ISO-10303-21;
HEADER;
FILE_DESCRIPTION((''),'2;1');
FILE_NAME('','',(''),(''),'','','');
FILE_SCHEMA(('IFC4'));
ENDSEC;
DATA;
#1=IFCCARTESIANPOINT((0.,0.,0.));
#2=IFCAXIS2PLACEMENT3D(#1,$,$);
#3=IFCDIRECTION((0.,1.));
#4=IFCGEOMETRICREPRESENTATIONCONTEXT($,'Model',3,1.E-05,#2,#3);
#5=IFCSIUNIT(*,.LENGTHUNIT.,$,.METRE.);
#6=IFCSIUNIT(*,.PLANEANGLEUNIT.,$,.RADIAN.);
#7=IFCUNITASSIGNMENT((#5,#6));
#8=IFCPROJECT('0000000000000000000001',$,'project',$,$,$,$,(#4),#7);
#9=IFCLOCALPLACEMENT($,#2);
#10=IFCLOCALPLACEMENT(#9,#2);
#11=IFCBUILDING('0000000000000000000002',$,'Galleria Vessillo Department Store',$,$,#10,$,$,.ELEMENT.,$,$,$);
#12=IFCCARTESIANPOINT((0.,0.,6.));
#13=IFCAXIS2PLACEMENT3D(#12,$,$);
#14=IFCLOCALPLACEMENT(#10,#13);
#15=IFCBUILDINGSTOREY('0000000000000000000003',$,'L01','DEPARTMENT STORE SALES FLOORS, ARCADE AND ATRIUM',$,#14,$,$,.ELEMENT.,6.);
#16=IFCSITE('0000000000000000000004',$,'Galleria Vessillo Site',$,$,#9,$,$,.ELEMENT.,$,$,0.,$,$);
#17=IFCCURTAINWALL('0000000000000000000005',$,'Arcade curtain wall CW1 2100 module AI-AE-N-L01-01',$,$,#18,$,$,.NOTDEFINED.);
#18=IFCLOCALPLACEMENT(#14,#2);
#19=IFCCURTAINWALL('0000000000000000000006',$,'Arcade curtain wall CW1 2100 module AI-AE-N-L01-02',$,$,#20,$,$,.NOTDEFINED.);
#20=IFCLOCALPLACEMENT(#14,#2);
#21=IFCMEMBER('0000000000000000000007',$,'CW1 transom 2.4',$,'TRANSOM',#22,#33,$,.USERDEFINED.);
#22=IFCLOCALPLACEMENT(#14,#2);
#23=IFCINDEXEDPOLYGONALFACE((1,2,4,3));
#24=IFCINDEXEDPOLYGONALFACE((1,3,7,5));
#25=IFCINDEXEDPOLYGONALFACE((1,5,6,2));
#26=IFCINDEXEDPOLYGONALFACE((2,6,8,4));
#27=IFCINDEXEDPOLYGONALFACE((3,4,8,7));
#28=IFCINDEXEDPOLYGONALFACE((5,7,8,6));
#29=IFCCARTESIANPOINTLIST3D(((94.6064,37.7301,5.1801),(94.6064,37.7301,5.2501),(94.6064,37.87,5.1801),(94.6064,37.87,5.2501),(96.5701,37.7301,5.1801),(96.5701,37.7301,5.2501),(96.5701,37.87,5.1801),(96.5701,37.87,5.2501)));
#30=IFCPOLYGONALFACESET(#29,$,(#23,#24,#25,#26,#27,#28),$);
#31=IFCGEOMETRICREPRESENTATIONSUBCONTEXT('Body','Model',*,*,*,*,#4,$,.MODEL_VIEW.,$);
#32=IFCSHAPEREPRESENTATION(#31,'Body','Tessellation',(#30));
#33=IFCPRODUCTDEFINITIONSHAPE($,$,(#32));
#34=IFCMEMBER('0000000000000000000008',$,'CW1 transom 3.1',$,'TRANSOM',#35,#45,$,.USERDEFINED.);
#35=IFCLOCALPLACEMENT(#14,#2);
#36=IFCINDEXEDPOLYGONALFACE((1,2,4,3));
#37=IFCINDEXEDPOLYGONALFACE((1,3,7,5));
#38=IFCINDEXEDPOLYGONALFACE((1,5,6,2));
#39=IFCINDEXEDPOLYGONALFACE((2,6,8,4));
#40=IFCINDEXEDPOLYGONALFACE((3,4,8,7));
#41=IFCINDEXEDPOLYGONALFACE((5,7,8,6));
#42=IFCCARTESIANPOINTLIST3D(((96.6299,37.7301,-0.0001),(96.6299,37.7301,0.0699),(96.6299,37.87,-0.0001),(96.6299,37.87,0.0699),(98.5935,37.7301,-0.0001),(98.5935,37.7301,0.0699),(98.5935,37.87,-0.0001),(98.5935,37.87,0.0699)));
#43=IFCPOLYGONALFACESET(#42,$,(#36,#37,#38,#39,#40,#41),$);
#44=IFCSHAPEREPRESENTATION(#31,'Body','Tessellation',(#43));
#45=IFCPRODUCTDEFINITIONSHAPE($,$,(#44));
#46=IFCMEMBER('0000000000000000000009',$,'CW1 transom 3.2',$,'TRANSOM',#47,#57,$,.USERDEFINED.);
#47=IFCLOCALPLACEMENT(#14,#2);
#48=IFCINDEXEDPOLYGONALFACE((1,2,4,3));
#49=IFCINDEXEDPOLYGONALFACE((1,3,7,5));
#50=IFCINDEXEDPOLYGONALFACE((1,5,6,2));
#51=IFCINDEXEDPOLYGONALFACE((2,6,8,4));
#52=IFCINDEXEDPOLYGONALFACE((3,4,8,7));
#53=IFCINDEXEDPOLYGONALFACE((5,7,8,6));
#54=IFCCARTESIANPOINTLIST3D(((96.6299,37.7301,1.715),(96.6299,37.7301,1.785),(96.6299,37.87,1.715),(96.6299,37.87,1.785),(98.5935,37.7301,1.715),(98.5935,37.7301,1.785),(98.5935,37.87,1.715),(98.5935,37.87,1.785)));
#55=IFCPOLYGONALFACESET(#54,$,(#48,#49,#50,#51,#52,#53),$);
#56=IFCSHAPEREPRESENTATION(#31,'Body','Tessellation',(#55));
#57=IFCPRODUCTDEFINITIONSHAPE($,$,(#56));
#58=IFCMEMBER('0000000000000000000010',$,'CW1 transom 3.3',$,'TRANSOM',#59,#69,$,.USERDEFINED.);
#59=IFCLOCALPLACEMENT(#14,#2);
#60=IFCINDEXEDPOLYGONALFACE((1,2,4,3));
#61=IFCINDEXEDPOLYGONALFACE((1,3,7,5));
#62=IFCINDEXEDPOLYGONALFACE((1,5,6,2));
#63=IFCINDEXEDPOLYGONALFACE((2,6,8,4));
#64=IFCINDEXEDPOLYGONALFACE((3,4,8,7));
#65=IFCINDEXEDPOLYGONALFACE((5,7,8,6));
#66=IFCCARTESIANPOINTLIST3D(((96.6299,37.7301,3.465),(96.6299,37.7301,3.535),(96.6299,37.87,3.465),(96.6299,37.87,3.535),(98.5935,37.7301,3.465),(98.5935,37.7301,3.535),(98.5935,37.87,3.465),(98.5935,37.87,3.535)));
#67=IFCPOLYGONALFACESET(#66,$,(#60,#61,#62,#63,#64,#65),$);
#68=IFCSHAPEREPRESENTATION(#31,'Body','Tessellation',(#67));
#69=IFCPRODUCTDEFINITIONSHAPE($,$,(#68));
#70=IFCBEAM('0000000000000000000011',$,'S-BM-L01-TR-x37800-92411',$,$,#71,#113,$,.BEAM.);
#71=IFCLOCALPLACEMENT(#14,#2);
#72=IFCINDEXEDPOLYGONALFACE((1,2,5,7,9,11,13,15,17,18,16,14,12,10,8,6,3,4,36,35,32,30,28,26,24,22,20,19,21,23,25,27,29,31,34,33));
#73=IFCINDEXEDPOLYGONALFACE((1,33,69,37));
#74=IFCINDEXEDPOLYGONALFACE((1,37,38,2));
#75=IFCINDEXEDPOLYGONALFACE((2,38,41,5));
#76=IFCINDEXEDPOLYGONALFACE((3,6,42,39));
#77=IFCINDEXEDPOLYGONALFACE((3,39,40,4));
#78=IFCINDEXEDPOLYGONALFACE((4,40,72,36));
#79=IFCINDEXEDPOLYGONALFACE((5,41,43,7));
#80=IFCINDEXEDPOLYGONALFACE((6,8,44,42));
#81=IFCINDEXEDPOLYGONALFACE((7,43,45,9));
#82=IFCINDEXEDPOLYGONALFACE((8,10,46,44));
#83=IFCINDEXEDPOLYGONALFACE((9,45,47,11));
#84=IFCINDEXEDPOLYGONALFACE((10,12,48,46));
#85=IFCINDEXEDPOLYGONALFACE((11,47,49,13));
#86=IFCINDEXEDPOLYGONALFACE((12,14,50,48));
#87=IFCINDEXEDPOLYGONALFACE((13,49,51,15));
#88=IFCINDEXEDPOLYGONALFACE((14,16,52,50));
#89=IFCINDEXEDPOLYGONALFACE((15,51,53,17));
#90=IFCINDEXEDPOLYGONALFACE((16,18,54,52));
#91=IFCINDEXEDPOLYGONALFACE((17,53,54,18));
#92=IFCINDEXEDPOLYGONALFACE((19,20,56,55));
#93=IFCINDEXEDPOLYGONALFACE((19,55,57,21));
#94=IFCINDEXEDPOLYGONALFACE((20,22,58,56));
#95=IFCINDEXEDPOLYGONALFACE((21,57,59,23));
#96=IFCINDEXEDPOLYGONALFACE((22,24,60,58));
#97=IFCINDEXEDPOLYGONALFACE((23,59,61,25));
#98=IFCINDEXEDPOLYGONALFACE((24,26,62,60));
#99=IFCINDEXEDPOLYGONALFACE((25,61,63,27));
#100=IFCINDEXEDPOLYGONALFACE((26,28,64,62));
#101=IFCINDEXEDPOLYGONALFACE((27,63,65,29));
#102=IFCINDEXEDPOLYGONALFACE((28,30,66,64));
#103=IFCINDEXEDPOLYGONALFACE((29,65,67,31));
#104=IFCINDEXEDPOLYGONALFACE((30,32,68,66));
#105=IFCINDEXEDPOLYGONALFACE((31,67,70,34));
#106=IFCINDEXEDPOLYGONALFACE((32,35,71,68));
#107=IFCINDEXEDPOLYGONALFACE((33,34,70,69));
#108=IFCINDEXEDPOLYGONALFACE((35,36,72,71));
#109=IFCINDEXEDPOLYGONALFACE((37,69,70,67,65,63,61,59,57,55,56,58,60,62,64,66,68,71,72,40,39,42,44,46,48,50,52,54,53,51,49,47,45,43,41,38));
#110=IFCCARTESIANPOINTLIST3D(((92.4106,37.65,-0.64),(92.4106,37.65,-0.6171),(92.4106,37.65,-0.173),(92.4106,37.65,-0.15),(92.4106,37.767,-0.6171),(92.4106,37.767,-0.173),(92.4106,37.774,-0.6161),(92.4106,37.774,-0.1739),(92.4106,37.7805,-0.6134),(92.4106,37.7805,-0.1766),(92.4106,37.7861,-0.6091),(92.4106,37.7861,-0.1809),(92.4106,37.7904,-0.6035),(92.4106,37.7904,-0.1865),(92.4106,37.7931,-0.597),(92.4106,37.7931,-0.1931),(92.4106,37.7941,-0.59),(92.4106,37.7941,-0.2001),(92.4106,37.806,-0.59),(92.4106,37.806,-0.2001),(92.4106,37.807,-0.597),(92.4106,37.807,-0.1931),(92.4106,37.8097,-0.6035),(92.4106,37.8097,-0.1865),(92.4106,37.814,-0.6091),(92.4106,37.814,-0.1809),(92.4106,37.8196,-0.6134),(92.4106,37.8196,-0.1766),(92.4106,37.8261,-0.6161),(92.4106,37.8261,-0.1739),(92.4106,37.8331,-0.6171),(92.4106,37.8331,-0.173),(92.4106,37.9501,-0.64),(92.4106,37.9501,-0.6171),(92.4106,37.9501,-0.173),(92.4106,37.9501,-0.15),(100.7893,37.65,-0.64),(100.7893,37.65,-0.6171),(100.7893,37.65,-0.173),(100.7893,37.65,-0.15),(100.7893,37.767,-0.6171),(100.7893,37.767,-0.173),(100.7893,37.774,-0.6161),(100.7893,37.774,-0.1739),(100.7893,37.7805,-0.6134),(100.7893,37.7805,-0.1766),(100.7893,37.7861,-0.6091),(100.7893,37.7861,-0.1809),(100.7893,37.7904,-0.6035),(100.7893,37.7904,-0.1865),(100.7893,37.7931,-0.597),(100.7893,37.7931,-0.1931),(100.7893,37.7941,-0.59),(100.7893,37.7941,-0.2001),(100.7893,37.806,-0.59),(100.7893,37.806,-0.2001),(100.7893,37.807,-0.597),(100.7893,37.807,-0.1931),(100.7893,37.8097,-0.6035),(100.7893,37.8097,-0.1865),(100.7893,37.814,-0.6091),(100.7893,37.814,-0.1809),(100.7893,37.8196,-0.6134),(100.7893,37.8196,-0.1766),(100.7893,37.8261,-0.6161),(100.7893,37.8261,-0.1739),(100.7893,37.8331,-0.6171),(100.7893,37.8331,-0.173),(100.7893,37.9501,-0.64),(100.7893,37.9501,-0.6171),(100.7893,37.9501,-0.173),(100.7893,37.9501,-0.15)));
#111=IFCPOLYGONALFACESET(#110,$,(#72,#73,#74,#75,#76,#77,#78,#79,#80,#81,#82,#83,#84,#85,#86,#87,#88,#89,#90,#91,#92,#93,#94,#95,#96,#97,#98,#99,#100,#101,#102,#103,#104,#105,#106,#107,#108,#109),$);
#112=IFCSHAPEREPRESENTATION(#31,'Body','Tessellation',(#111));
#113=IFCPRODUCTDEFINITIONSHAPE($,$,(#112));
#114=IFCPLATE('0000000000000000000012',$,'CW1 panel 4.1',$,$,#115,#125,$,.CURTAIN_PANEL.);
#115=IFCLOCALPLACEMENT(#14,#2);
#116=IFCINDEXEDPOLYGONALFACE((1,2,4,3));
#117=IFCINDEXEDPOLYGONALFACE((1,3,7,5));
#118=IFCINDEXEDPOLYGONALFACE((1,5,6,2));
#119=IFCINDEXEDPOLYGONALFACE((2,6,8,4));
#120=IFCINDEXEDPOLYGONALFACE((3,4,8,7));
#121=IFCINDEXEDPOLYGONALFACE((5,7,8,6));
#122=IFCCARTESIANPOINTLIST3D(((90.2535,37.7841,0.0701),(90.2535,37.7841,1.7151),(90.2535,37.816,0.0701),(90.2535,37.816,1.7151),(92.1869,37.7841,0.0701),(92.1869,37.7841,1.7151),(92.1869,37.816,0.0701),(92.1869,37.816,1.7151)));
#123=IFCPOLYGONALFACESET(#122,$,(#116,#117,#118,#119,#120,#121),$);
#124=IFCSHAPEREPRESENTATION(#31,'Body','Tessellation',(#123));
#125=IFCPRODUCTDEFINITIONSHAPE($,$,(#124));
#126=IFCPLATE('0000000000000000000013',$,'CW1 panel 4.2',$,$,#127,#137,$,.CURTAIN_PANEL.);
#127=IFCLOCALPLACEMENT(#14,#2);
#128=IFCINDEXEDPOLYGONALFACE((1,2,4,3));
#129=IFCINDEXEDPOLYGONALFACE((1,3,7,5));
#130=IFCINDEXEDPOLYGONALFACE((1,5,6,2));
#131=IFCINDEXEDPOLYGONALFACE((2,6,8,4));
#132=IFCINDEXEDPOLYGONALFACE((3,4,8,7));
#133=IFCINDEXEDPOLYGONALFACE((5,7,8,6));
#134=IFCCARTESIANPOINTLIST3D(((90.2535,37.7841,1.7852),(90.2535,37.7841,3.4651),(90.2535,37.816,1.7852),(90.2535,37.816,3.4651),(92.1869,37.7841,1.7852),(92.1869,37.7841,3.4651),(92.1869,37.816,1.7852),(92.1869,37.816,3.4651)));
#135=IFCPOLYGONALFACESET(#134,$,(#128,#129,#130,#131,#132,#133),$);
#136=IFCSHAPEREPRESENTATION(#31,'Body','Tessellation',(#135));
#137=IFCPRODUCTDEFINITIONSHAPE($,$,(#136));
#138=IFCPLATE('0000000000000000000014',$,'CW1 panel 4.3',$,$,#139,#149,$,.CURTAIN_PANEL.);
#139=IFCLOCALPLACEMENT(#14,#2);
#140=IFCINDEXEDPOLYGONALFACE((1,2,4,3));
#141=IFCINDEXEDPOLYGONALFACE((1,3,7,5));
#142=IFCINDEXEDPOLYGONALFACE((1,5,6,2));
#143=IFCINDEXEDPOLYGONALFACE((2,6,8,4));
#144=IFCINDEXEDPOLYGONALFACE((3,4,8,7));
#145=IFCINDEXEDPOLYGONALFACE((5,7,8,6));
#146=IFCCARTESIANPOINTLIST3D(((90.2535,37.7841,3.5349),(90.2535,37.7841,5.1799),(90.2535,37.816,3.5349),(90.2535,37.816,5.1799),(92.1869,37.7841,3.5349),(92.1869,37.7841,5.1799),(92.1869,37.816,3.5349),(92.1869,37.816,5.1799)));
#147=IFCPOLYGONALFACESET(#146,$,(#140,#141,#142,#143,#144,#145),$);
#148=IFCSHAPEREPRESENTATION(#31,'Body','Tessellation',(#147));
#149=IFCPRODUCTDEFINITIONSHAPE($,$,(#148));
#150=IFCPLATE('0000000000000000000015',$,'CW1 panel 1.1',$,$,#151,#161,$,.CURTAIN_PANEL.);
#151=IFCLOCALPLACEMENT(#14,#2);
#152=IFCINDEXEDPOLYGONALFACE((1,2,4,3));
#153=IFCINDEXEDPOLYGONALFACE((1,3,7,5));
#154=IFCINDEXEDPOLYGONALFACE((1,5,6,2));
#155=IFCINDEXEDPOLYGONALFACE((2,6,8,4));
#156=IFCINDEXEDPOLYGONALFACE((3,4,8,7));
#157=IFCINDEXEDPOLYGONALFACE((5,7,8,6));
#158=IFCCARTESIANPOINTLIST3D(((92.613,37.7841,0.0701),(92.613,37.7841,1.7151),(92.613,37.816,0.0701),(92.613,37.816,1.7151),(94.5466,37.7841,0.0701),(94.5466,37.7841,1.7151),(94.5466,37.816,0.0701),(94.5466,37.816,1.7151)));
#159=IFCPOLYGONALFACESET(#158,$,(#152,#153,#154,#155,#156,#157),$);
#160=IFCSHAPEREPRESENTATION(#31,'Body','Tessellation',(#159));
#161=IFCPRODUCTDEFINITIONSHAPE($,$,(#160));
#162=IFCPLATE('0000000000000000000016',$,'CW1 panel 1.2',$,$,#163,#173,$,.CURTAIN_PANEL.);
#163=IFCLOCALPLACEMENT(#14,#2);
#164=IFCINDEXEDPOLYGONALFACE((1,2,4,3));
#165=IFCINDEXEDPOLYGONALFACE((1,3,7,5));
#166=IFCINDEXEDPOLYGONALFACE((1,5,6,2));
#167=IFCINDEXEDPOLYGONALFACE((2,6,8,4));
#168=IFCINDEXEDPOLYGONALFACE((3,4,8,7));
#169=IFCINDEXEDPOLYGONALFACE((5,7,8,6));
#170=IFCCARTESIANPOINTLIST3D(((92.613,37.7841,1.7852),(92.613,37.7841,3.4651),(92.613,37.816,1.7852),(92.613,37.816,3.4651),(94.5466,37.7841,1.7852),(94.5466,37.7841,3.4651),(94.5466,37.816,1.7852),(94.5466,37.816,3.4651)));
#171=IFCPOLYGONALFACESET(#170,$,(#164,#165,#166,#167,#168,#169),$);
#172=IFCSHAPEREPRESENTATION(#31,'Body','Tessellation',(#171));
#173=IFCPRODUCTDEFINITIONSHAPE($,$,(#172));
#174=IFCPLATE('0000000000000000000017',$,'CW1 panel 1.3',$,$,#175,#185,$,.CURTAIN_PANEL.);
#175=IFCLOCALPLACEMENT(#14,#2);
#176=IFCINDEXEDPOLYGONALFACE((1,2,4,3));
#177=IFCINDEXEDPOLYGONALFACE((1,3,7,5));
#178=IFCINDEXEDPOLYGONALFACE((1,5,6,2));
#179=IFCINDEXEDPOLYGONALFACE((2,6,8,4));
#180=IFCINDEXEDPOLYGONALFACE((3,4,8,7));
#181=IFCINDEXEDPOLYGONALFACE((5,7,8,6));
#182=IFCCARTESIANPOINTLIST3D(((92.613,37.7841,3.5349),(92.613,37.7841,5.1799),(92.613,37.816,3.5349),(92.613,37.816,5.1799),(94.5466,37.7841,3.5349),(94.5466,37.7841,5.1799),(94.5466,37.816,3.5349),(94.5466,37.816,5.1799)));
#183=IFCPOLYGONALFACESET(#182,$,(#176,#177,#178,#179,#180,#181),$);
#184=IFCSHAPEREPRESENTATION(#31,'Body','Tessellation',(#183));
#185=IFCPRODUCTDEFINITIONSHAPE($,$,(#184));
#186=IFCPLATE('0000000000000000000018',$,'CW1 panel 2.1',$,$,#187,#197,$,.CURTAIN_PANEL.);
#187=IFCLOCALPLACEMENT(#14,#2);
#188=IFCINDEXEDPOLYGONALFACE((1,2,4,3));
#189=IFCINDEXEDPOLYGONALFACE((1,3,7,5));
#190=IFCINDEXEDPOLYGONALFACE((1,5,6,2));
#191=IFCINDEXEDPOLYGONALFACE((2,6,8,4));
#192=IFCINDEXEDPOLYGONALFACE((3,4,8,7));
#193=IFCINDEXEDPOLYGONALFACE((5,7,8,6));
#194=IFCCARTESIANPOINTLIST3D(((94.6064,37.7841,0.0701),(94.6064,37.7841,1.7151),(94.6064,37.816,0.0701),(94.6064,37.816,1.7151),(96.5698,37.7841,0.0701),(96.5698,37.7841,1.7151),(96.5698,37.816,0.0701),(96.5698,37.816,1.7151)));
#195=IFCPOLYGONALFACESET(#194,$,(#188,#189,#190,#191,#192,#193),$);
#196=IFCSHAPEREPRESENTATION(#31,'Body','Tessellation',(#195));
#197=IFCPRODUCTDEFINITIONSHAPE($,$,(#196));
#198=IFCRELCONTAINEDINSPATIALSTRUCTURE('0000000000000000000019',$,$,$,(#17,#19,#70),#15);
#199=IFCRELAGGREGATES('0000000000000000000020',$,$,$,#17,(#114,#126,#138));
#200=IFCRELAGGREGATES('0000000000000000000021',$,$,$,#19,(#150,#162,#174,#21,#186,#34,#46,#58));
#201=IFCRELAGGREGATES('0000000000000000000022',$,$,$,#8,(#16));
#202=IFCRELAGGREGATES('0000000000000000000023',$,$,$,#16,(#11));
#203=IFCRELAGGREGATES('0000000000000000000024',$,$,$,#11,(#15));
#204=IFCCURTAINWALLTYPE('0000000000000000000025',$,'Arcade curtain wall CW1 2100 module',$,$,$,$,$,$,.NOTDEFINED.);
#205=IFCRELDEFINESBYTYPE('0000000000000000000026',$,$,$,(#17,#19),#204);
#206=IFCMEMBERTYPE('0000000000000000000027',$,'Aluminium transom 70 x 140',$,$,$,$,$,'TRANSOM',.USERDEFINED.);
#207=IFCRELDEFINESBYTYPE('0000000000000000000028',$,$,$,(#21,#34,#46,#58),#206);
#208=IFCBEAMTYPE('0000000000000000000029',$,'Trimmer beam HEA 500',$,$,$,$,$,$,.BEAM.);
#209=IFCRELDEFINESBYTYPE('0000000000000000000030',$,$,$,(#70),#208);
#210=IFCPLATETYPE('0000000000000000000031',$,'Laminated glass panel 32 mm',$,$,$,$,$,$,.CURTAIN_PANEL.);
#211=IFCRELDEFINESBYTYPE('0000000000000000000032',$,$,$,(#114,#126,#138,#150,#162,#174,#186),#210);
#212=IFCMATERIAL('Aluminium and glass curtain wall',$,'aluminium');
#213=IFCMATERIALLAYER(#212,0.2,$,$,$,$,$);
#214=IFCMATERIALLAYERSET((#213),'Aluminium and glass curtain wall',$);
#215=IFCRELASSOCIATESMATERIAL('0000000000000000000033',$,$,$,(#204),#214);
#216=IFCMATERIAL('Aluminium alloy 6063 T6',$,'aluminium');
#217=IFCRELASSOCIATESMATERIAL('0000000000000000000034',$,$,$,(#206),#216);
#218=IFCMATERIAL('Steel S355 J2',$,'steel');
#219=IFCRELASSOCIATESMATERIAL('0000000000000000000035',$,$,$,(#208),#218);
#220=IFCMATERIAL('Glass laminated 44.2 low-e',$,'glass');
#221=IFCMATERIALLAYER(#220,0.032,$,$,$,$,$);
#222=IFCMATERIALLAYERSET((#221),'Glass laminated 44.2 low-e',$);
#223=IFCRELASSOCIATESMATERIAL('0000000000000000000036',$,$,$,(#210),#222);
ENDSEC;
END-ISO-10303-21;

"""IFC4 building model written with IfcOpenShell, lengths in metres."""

from ifc_helpers import new_model, si_unit, direction, frame, origin, origin_2d, place, context, subcontext, project, spatial, rectangle, i_section, extrude, material, layer, layer_set, material_profile, profile_set, type_object, element, aggregate, save


model = new_model("IFC4")

# Units and contexts
model_context = context("Model", 3, precision=1e-05, world=origin(), true_north=direction((0.0, 1.0)))
body_context = subcontext(model_context, "Body", "Model", "MODEL_VIEW")
ifc_project = project(units=[si_unit("LENGTHUNIT", "METRE"), si_unit("PLANEANGLEUNIT", "RADIAN")], contexts=[model_context])

# Site, building, storey
site_placement = place(None, origin())
site = spatial("IfcSite", under=ifc_project, at=site_placement, Name="Galleria Vessillo Site", CompositionType="ELEMENT", RefElevation=0.0)
building_placement = place(site_placement, origin())
building = spatial("IfcBuilding", under=site, at=building_placement, Name="Galleria Vessillo Department Store", CompositionType="ELEMENT")
storey_placement = place(building_placement, frame((0.0, 0.0, 6.0)))
storey = spatial("IfcBuildingStorey", under=building, at=storey_placement, Name="L01", Description="DEPARTMENT STORE SALES FLOORS, ARCADE AND ATRIUM", CompositionType="ELEMENT", Elevation=6.0)

# Curtain wall
ifc_material_1 = material(Name="Aluminium and glass curtain wall", Category="aluminium")
ifc_layer_1 = layer(ifc_material_1, 0.2)
ifc_layer_set_1 = layer_set([ifc_layer_1], Name="Aluminium and glass curtain wall")
curtain_wall_type = type_object("IfcCurtainWallType", Name="Arcade curtain wall CW1 2100 module", PredefinedType="NOTDEFINED", material=ifc_layer_set_1)
curtain_wall_1_placement = place(storey_placement, origin())
curtain_wall_1 = element("IfcCurtainWall", 1, at=curtain_wall_1_placement, inside=storey, type_object=curtain_wall_type, Name="Arcade curtain wall CW1 2100 module AI-AE-N-L01-01", PredefinedType="NOTDEFINED")

# Curtain wall, members
curtain_wall_2_placement = place(storey_placement, origin())
curtain_wall_2 = element("IfcCurtainWall", 2, at=curtain_wall_2_placement, inside=storey, type_object=curtain_wall_type, Name="Arcade curtain wall CW1 2100 module AI-AE-N-L01-02", PredefinedType="NOTDEFINED")
ifc_material_2 = material(Name="Aluminium alloy 6063 T6", Category="aluminium")
ifc_material_profile_1 = material_profile(ifc_material_2, rectangle(XDim=0.1399, YDim=0.0701, at=origin_2d()), Name="AL 70x140")
ifc_profile_set_1 = profile_set([ifc_material_profile_1], Name="Aluminium alloy 6063 T6")
member_type_1 = type_object("IfcMemberType", Name="Aluminium transom 70 x 140", ElementType="TRANSOM", PredefinedType="USERDEFINED", material=ifc_profile_set_1)
member_1_placement = place(storey_placement, frame((94.6064, 37.8, 5.2151), z_axis=(1.0, 0.0, 0.0), x_axis=(0.0, 1.0, 0.0)))
member_1 = element("IfcMember", 3, at=member_1_placement, type_object=member_type_1, Name="CW1 transom 2.4", ObjectType="TRANSOM", PredefinedType="USERDEFINED", context=body_context, shape_type="SweptSolid", body=[
    extrude(rectangle(XDim=0.1399, YDim=0.0701, at=origin_2d()), origin(), (0.0, 0.0, 1.0), 1.9636),
])
member_2_placement = place(storey_placement, frame((96.6299, 37.8, 0.0349), z_axis=(1.0, 0.0, 0.0), x_axis=(0.0, 1.0, 0.0)))
member_2 = element("IfcMember", 4, at=member_2_placement, type_object=member_type_1, Name="CW1 transom 3.1", ObjectType="TRANSOM", PredefinedType="USERDEFINED", context=body_context, shape_type="SweptSolid", body=[
    extrude(rectangle(XDim=0.1399, YDim=0.0701, at=origin_2d()), origin(), (0.0, 0.0, 1.0), 1.9636),
])
member_3_placement = place(storey_placement, frame((96.6299, 37.8, 1.75), z_axis=(1.0, 0.0, 0.0), x_axis=(0.0, 1.0, 0.0)))
member_3 = element("IfcMember", 5, at=member_3_placement, type_object=member_type_1, Name="CW1 transom 3.2", ObjectType="TRANSOM", PredefinedType="USERDEFINED", context=body_context, shape_type="SweptSolid", body=[
    extrude(rectangle(XDim=0.1399, YDim=0.0701, at=origin_2d()), origin(), (0.0, 0.0, 1.0), 1.9636),
])
member_4_placement = place(storey_placement, frame((96.6299, 37.8, 3.5), z_axis=(1.0, 0.0, 0.0), x_axis=(0.0, 1.0, 0.0)))
member_4 = element("IfcMember", 6, at=member_4_placement, type_object=member_type_1, Name="CW1 transom 3.3", ObjectType="TRANSOM", PredefinedType="USERDEFINED", context=body_context, shape_type="SweptSolid", body=[
    extrude(rectangle(XDim=0.1399, YDim=0.0701, at=origin_2d()), origin(), (0.0, 0.0, 1.0), 1.9636),
])

# Beam
ifc_material_3 = material(Name="Steel S355 J2", Category="steel")
ifc_material_profile_2 = material_profile(ifc_material_3, i_section(OverallWidth=0.3, OverallDepth=0.49, WebThickness=0.012, FlangeThickness=0.0229, FilletRadius=0.0271, at=origin_2d()), Name="HEA 500")
ifc_profile_set_2 = profile_set([ifc_material_profile_2], Name="Steel S355 J2")
beam_type = type_object("IfcBeamType", Name="Trimmer beam HEA 500", PredefinedType="BEAM", material=ifc_profile_set_2)
beam_placement = place(storey_placement, frame((92.4106, 37.8, -0.395), z_axis=(1.0, 0.0, 0.0), x_axis=(0.0, 1.0, 0.0)))
element("IfcBeam", 7, at=beam_placement, inside=storey, type_object=beam_type, Name="S-BM-L01-TR-x37800-92411", PredefinedType="BEAM", context=body_context, shape_type="SweptSolid", body=[
    extrude(i_section(OverallWidth=0.3, OverallDepth=0.49, WebThickness=0.012, FlangeThickness=0.0229, FilletRadius=0.0271, at=origin_2d()), origin(), (0.0, 0.0, 1.0), 8.3787),
])

# Plates
ifc_material_4 = material(Name="Glass laminated 44.2 low-e", Category="glass")
ifc_layer_2 = layer(ifc_material_4, 0.032)
ifc_layer_set_2 = layer_set([ifc_layer_2], Name="Glass laminated 44.2 low-e")
plate_type = type_object("IfcPlateType", Name="Laminated glass panel 32 mm", PredefinedType="CURTAIN_PANEL", material=ifc_layer_set_2)
plate_1_placement = place(storey_placement, frame((91.2202, 37.8, 0.0701), z_axis=(0.0, 0.0, 1.0), x_axis=(1.0, 0.0, 0.0)))
plate_1 = element("IfcPlate", 8, at=plate_1_placement, type_object=plate_type, Name="CW1 panel 4.1", PredefinedType="CURTAIN_PANEL", context=body_context, shape_type="SweptSolid", body=[
    extrude(rectangle(XDim=1.9333, YDim=0.032, at=origin_2d()), origin(), (0.0, 0.0, 1.0), 1.645),
])
plate_2_placement = place(storey_placement, frame((91.2202, 37.8, 1.7852), z_axis=(0.0, 0.0, 1.0), x_axis=(1.0, 0.0, 0.0)))
plate_2 = element("IfcPlate", 9, at=plate_2_placement, type_object=plate_type, Name="CW1 panel 4.2", PredefinedType="CURTAIN_PANEL", context=body_context, shape_type="SweptSolid", body=[
    extrude(rectangle(XDim=1.9333, YDim=0.032, at=origin_2d()), origin(), (0.0, 0.0, 1.0), 1.6799),
])
plate_3_placement = place(storey_placement, frame((91.2202, 37.8, 3.5349), z_axis=(0.0, 0.0, 1.0), x_axis=(1.0, 0.0, 0.0)))
plate_3 = element("IfcPlate", 10, at=plate_3_placement, type_object=plate_type, Name="CW1 panel 4.3", PredefinedType="CURTAIN_PANEL", context=body_context, shape_type="SweptSolid", body=[
    extrude(rectangle(XDim=1.9333, YDim=0.032, at=origin_2d()), origin(), (0.0, 0.0, 1.0), 1.645),
])
aggregate(curtain_wall_1, [plate_1, plate_2, plate_3])
plate_4_placement = place(storey_placement, frame((93.5798, 37.8, 0.0701), z_axis=(0.0, 0.0, 1.0), x_axis=(1.0, 0.0, 0.0)))
plate_4 = element("IfcPlate", 11, at=plate_4_placement, type_object=plate_type, Name="CW1 panel 1.1", PredefinedType="CURTAIN_PANEL", context=body_context, shape_type="SweptSolid", body=[
    extrude(rectangle(XDim=1.9336, YDim=0.032, at=origin_2d()), origin(), (0.0, 0.0, 1.0), 1.645),
])
plate_5_placement = place(storey_placement, frame((93.5798, 37.8, 1.7852), z_axis=(0.0, 0.0, 1.0), x_axis=(1.0, 0.0, 0.0)))
plate_5 = element("IfcPlate", 12, at=plate_5_placement, type_object=plate_type, Name="CW1 panel 1.2", PredefinedType="CURTAIN_PANEL", context=body_context, shape_type="SweptSolid", body=[
    extrude(rectangle(XDim=1.9336, YDim=0.032, at=origin_2d()), origin(), (0.0, 0.0, 1.0), 1.6799),
])
plate_6_placement = place(storey_placement, frame((93.5798, 37.8, 3.5349), z_axis=(0.0, 0.0, 1.0), x_axis=(1.0, 0.0, 0.0)))
plate_6 = element("IfcPlate", 13, at=plate_6_placement, type_object=plate_type, Name="CW1 panel 1.3", PredefinedType="CURTAIN_PANEL", context=body_context, shape_type="SweptSolid", body=[
    extrude(rectangle(XDim=1.9336, YDim=0.032, at=origin_2d()), origin(), (0.0, 0.0, 1.0), 1.645),
])
plate_7_placement = place(storey_placement, frame((95.5881, 37.8, 0.0701), z_axis=(0.0, 0.0, 1.0), x_axis=(1.0, 0.0, 0.0)))
plate_7 = element("IfcPlate", 14, at=plate_7_placement, type_object=plate_type, Name="CW1 panel 2.1", PredefinedType="CURTAIN_PANEL", context=body_context, shape_type="SweptSolid", body=[
    extrude(rectangle(XDim=1.9634, YDim=0.032, at=origin_2d()), origin(), (0.0, 0.0, 1.0), 1.645),
])
aggregate(curtain_wall_2, [plate_4, plate_5, plate_6, member_1, plate_7, member_2, member_3, member_4])

save(model, "model.ifc")
